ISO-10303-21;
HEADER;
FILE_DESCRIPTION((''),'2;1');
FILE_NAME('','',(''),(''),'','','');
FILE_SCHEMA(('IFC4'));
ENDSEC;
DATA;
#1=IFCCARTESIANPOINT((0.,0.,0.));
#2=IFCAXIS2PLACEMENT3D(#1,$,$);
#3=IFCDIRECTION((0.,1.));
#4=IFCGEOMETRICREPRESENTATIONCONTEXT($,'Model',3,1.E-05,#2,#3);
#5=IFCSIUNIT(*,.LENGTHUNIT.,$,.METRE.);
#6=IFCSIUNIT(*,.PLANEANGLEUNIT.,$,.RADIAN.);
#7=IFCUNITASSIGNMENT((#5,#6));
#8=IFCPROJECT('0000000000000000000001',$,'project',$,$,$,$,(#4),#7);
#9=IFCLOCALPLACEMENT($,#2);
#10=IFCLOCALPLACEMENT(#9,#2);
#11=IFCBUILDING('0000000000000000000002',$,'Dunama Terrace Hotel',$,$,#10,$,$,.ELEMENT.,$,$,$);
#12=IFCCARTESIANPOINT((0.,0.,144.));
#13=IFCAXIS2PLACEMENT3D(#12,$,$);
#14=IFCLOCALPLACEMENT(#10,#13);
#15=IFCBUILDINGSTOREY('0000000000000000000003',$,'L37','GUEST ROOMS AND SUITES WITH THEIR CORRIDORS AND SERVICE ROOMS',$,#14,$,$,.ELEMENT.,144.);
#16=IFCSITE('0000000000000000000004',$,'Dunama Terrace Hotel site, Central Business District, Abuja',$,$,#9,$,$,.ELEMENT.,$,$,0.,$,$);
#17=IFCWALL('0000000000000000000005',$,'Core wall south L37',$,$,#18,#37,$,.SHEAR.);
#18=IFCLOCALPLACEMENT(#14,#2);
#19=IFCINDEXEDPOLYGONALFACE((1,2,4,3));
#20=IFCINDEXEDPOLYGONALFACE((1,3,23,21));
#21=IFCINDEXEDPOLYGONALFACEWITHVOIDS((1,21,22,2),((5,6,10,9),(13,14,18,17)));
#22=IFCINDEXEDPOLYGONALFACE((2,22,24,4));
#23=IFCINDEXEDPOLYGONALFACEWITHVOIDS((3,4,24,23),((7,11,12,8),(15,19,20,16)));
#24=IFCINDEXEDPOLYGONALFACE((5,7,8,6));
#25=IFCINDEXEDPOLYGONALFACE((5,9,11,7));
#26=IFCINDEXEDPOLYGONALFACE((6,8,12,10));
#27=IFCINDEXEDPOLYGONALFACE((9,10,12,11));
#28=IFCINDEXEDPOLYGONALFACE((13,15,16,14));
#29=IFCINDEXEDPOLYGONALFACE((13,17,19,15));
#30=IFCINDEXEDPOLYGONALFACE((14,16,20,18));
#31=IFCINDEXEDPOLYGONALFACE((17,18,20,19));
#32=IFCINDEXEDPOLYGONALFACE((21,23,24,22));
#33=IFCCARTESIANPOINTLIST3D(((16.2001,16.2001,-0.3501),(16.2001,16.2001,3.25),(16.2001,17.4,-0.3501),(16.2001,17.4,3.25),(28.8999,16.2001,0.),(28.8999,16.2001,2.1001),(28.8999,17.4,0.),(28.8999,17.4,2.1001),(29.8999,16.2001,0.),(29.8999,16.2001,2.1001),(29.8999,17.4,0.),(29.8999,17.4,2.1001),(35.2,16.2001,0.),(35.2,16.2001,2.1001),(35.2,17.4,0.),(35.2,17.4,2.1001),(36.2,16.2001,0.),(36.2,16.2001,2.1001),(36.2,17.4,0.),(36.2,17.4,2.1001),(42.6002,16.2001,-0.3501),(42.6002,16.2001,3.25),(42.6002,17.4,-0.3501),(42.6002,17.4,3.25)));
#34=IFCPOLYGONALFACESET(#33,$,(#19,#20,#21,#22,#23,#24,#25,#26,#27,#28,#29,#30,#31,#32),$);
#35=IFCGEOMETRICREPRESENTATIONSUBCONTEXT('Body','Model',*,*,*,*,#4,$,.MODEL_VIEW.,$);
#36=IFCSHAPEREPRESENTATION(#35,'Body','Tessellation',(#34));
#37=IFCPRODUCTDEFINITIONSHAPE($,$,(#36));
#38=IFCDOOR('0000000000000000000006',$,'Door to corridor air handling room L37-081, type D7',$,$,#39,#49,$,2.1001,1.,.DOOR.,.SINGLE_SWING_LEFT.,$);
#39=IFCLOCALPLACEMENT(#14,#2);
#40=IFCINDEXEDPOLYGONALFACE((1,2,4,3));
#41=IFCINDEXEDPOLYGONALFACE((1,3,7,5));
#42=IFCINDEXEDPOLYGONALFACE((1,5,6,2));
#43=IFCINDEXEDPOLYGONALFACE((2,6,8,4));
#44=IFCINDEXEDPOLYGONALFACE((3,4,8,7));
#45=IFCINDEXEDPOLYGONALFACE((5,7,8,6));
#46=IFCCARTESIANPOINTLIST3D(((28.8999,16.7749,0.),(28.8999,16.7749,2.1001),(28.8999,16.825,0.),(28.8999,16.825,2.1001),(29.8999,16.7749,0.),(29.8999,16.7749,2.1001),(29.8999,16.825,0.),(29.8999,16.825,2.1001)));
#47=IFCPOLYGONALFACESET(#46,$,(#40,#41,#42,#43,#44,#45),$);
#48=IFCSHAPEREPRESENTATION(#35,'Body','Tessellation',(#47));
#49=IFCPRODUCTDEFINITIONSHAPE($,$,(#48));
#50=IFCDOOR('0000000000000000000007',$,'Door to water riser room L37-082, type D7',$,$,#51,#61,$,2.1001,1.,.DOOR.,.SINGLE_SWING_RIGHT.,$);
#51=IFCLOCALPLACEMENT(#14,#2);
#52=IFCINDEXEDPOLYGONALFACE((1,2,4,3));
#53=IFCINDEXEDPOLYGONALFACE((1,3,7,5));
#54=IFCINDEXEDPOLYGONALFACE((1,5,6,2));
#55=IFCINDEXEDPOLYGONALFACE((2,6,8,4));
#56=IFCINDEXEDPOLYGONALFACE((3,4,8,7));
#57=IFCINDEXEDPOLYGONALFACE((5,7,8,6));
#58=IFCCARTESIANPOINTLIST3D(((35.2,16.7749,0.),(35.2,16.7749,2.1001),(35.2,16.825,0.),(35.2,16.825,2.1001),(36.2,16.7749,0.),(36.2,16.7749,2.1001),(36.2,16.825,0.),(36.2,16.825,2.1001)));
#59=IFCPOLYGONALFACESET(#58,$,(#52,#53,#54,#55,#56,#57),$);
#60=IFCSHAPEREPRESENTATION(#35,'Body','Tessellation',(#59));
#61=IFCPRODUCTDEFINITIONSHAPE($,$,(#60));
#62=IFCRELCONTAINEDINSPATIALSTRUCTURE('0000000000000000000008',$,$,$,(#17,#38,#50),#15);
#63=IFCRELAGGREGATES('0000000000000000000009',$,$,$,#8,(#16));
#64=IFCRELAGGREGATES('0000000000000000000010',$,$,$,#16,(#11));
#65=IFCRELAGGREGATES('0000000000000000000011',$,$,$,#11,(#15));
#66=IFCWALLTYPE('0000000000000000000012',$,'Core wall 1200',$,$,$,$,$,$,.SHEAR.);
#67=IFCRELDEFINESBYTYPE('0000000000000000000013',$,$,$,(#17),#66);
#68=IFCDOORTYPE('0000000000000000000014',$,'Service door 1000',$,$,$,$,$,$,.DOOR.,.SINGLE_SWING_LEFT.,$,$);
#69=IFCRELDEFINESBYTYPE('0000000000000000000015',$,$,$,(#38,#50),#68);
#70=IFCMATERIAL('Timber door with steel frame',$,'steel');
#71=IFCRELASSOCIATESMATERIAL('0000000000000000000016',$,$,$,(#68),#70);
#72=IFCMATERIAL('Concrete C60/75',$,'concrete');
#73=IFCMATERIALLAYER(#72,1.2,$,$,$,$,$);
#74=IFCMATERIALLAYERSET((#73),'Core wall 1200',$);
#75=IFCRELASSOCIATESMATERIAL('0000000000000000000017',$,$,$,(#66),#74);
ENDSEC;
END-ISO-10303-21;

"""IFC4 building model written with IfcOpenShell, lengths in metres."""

from ifc_helpers import new_model, si_unit, direction, frame, frame_2d, origin, place, context, subcontext, project, spatial, rectangle, extrude, material, layer, layer_set, type_object, element, fill, save


model = new_model("IFC4")

# Units and contexts
model_context = context("Model", 3, precision=1e-05, world=origin(), true_north=direction((0.0, 1.0)))
body_context = subcontext(model_context, "Body", "Model", "MODEL_VIEW")
ifc_project = project(units=[si_unit("LENGTHUNIT", "METRE"), si_unit("PLANEANGLEUNIT", "RADIAN")], contexts=[model_context])

# Site, building, storey
site_placement = place(None, origin())
site = spatial("IfcSite", under=ifc_project, at=site_placement, Name="Dunama Terrace Hotel site, Central Business District, Abuja", CompositionType="ELEMENT", RefElevation=0.0)
building_placement = place(site_placement, origin())
building = spatial("IfcBuilding", under=site, at=building_placement, Name="Dunama Terrace Hotel", CompositionType="ELEMENT")
storey_placement = place(building_placement, frame((0.0, 0.0, 144.0)))
storey = spatial("IfcBuildingStorey", under=building, at=storey_placement, Name="L37", Description="GUEST ROOMS AND SUITES WITH THEIR CORRIDORS AND SERVICE ROOMS", CompositionType="ELEMENT", Elevation=144.0)

# Shared definitions
ifc_material_1 = material(Name="Timber door with steel frame", Category="steel")
door_type_1 = type_object("IfcDoorType", Name="Service door 1000", OperationType="SINGLE_SWING_LEFT", PredefinedType="DOOR", material=ifc_material_1)

# Wall, openings, doors
ifc_material_2 = material(Name="Concrete C60/75", Category="concrete")
ifc_layer_1 = layer(ifc_material_2, 1.2)
ifc_layer_set_1 = layer_set([ifc_layer_1], Name="Core wall 1200")
wall_type_1 = type_object("IfcWallType", Name="Core wall 1200", PredefinedType="SHEAR", material=ifc_layer_set_1)
wall_1_placement = place(storey_placement, frame((16.2, 16.8, -0.3501), z_axis=(0.0, 0.0, 1.0), x_axis=(1.0, 0.0, 0.0)))
wall_1 = element("IfcWall", 1, at=wall_1_placement, inside=storey, type_object=wall_type_1, Name="Core wall south L37", PredefinedType="SHEAR", context=body_context, shape_type="SweptSolid", body=[
    extrude(rectangle(XDim=26.4001, YDim=1.2, at=frame_2d((13.2002, 0.0))), origin(), (0.0, 0.0, 1.0), 3.6001),
])
opening_1_placement = place(wall_1_placement, frame((12.7, 0.0, 0.3501)))
opening_1 = element("IfcOpeningElement", 2, at=opening_1_placement, cuts=wall_1, PredefinedType="OPENING", context=body_context, shape_type="SweptSolid", body=[
    extrude(rectangle(XDim=1.0, YDim=2.1001, at=frame_2d((0.5, 1.05))), frame((0.0, 0.6099, 0.0), z_axis=(0.0, -1.0, 0.0), x_axis=(1.0, 0.0, 0.0)), (0.0, 0.0, 1.0), 1.22),
])
opening_2_placement = place(wall_1_placement, frame((19.0, 0.0, 0.3501)))
opening_2 = element("IfcOpeningElement", 3, at=opening_2_placement, cuts=wall_1, PredefinedType="OPENING", context=body_context, shape_type="SweptSolid", body=[
    extrude(rectangle(XDim=1.0, YDim=2.1001, at=frame_2d((0.5, 1.05))), frame((0.0, 0.6099, 0.0), z_axis=(0.0, -1.0, 0.0), x_axis=(1.0, 0.0, 0.0)), (0.0, 0.0, 1.0), 1.22),
])
door_1_placement = place(opening_1_placement, origin())
door_1 = element("IfcDoor", 4, at=door_1_placement, inside=storey, type_object=door_type_1, Name="Door to corridor air handling room L37-081, type D7", OperationType="SINGLE_SWING_LEFT", OverallHeight=2.1001, OverallWidth=1.0, PredefinedType="DOOR", context=body_context, shape_type="SweptSolid", body=[
    extrude(rectangle(XDim=1.0, YDim=2.1001, at=frame_2d((0.5, 1.05))), frame((0.0, 0.0249, 0.0), z_axis=(0.0, -1.0, 0.0), x_axis=(1.0, 0.0, 0.0)), (0.0, 0.0, 1.0), 0.05),
])
fill(opening_1, door_1)
door_2_placement = place(opening_2_placement, origin())
door_2 = element("IfcDoor", 5, at=door_2_placement, inside=storey, type_object=door_type_1, Name="Door to water riser room L37-082, type D7", OperationType="SINGLE_SWING_RIGHT", OverallHeight=2.1001, OverallWidth=1.0, PredefinedType="DOOR", context=body_context, shape_type="SweptSolid", body=[
    extrude(rectangle(XDim=1.0, YDim=2.1001, at=frame_2d((0.5, 1.05))), frame((0.0, 0.0249, 0.0), z_axis=(0.0, -1.0, 0.0), x_axis=(1.0, 0.0, 0.0)), (0.0, 0.0, 1.0), 0.05),
])
fill(opening_2, door_2)

save(model, "model.ifc")
